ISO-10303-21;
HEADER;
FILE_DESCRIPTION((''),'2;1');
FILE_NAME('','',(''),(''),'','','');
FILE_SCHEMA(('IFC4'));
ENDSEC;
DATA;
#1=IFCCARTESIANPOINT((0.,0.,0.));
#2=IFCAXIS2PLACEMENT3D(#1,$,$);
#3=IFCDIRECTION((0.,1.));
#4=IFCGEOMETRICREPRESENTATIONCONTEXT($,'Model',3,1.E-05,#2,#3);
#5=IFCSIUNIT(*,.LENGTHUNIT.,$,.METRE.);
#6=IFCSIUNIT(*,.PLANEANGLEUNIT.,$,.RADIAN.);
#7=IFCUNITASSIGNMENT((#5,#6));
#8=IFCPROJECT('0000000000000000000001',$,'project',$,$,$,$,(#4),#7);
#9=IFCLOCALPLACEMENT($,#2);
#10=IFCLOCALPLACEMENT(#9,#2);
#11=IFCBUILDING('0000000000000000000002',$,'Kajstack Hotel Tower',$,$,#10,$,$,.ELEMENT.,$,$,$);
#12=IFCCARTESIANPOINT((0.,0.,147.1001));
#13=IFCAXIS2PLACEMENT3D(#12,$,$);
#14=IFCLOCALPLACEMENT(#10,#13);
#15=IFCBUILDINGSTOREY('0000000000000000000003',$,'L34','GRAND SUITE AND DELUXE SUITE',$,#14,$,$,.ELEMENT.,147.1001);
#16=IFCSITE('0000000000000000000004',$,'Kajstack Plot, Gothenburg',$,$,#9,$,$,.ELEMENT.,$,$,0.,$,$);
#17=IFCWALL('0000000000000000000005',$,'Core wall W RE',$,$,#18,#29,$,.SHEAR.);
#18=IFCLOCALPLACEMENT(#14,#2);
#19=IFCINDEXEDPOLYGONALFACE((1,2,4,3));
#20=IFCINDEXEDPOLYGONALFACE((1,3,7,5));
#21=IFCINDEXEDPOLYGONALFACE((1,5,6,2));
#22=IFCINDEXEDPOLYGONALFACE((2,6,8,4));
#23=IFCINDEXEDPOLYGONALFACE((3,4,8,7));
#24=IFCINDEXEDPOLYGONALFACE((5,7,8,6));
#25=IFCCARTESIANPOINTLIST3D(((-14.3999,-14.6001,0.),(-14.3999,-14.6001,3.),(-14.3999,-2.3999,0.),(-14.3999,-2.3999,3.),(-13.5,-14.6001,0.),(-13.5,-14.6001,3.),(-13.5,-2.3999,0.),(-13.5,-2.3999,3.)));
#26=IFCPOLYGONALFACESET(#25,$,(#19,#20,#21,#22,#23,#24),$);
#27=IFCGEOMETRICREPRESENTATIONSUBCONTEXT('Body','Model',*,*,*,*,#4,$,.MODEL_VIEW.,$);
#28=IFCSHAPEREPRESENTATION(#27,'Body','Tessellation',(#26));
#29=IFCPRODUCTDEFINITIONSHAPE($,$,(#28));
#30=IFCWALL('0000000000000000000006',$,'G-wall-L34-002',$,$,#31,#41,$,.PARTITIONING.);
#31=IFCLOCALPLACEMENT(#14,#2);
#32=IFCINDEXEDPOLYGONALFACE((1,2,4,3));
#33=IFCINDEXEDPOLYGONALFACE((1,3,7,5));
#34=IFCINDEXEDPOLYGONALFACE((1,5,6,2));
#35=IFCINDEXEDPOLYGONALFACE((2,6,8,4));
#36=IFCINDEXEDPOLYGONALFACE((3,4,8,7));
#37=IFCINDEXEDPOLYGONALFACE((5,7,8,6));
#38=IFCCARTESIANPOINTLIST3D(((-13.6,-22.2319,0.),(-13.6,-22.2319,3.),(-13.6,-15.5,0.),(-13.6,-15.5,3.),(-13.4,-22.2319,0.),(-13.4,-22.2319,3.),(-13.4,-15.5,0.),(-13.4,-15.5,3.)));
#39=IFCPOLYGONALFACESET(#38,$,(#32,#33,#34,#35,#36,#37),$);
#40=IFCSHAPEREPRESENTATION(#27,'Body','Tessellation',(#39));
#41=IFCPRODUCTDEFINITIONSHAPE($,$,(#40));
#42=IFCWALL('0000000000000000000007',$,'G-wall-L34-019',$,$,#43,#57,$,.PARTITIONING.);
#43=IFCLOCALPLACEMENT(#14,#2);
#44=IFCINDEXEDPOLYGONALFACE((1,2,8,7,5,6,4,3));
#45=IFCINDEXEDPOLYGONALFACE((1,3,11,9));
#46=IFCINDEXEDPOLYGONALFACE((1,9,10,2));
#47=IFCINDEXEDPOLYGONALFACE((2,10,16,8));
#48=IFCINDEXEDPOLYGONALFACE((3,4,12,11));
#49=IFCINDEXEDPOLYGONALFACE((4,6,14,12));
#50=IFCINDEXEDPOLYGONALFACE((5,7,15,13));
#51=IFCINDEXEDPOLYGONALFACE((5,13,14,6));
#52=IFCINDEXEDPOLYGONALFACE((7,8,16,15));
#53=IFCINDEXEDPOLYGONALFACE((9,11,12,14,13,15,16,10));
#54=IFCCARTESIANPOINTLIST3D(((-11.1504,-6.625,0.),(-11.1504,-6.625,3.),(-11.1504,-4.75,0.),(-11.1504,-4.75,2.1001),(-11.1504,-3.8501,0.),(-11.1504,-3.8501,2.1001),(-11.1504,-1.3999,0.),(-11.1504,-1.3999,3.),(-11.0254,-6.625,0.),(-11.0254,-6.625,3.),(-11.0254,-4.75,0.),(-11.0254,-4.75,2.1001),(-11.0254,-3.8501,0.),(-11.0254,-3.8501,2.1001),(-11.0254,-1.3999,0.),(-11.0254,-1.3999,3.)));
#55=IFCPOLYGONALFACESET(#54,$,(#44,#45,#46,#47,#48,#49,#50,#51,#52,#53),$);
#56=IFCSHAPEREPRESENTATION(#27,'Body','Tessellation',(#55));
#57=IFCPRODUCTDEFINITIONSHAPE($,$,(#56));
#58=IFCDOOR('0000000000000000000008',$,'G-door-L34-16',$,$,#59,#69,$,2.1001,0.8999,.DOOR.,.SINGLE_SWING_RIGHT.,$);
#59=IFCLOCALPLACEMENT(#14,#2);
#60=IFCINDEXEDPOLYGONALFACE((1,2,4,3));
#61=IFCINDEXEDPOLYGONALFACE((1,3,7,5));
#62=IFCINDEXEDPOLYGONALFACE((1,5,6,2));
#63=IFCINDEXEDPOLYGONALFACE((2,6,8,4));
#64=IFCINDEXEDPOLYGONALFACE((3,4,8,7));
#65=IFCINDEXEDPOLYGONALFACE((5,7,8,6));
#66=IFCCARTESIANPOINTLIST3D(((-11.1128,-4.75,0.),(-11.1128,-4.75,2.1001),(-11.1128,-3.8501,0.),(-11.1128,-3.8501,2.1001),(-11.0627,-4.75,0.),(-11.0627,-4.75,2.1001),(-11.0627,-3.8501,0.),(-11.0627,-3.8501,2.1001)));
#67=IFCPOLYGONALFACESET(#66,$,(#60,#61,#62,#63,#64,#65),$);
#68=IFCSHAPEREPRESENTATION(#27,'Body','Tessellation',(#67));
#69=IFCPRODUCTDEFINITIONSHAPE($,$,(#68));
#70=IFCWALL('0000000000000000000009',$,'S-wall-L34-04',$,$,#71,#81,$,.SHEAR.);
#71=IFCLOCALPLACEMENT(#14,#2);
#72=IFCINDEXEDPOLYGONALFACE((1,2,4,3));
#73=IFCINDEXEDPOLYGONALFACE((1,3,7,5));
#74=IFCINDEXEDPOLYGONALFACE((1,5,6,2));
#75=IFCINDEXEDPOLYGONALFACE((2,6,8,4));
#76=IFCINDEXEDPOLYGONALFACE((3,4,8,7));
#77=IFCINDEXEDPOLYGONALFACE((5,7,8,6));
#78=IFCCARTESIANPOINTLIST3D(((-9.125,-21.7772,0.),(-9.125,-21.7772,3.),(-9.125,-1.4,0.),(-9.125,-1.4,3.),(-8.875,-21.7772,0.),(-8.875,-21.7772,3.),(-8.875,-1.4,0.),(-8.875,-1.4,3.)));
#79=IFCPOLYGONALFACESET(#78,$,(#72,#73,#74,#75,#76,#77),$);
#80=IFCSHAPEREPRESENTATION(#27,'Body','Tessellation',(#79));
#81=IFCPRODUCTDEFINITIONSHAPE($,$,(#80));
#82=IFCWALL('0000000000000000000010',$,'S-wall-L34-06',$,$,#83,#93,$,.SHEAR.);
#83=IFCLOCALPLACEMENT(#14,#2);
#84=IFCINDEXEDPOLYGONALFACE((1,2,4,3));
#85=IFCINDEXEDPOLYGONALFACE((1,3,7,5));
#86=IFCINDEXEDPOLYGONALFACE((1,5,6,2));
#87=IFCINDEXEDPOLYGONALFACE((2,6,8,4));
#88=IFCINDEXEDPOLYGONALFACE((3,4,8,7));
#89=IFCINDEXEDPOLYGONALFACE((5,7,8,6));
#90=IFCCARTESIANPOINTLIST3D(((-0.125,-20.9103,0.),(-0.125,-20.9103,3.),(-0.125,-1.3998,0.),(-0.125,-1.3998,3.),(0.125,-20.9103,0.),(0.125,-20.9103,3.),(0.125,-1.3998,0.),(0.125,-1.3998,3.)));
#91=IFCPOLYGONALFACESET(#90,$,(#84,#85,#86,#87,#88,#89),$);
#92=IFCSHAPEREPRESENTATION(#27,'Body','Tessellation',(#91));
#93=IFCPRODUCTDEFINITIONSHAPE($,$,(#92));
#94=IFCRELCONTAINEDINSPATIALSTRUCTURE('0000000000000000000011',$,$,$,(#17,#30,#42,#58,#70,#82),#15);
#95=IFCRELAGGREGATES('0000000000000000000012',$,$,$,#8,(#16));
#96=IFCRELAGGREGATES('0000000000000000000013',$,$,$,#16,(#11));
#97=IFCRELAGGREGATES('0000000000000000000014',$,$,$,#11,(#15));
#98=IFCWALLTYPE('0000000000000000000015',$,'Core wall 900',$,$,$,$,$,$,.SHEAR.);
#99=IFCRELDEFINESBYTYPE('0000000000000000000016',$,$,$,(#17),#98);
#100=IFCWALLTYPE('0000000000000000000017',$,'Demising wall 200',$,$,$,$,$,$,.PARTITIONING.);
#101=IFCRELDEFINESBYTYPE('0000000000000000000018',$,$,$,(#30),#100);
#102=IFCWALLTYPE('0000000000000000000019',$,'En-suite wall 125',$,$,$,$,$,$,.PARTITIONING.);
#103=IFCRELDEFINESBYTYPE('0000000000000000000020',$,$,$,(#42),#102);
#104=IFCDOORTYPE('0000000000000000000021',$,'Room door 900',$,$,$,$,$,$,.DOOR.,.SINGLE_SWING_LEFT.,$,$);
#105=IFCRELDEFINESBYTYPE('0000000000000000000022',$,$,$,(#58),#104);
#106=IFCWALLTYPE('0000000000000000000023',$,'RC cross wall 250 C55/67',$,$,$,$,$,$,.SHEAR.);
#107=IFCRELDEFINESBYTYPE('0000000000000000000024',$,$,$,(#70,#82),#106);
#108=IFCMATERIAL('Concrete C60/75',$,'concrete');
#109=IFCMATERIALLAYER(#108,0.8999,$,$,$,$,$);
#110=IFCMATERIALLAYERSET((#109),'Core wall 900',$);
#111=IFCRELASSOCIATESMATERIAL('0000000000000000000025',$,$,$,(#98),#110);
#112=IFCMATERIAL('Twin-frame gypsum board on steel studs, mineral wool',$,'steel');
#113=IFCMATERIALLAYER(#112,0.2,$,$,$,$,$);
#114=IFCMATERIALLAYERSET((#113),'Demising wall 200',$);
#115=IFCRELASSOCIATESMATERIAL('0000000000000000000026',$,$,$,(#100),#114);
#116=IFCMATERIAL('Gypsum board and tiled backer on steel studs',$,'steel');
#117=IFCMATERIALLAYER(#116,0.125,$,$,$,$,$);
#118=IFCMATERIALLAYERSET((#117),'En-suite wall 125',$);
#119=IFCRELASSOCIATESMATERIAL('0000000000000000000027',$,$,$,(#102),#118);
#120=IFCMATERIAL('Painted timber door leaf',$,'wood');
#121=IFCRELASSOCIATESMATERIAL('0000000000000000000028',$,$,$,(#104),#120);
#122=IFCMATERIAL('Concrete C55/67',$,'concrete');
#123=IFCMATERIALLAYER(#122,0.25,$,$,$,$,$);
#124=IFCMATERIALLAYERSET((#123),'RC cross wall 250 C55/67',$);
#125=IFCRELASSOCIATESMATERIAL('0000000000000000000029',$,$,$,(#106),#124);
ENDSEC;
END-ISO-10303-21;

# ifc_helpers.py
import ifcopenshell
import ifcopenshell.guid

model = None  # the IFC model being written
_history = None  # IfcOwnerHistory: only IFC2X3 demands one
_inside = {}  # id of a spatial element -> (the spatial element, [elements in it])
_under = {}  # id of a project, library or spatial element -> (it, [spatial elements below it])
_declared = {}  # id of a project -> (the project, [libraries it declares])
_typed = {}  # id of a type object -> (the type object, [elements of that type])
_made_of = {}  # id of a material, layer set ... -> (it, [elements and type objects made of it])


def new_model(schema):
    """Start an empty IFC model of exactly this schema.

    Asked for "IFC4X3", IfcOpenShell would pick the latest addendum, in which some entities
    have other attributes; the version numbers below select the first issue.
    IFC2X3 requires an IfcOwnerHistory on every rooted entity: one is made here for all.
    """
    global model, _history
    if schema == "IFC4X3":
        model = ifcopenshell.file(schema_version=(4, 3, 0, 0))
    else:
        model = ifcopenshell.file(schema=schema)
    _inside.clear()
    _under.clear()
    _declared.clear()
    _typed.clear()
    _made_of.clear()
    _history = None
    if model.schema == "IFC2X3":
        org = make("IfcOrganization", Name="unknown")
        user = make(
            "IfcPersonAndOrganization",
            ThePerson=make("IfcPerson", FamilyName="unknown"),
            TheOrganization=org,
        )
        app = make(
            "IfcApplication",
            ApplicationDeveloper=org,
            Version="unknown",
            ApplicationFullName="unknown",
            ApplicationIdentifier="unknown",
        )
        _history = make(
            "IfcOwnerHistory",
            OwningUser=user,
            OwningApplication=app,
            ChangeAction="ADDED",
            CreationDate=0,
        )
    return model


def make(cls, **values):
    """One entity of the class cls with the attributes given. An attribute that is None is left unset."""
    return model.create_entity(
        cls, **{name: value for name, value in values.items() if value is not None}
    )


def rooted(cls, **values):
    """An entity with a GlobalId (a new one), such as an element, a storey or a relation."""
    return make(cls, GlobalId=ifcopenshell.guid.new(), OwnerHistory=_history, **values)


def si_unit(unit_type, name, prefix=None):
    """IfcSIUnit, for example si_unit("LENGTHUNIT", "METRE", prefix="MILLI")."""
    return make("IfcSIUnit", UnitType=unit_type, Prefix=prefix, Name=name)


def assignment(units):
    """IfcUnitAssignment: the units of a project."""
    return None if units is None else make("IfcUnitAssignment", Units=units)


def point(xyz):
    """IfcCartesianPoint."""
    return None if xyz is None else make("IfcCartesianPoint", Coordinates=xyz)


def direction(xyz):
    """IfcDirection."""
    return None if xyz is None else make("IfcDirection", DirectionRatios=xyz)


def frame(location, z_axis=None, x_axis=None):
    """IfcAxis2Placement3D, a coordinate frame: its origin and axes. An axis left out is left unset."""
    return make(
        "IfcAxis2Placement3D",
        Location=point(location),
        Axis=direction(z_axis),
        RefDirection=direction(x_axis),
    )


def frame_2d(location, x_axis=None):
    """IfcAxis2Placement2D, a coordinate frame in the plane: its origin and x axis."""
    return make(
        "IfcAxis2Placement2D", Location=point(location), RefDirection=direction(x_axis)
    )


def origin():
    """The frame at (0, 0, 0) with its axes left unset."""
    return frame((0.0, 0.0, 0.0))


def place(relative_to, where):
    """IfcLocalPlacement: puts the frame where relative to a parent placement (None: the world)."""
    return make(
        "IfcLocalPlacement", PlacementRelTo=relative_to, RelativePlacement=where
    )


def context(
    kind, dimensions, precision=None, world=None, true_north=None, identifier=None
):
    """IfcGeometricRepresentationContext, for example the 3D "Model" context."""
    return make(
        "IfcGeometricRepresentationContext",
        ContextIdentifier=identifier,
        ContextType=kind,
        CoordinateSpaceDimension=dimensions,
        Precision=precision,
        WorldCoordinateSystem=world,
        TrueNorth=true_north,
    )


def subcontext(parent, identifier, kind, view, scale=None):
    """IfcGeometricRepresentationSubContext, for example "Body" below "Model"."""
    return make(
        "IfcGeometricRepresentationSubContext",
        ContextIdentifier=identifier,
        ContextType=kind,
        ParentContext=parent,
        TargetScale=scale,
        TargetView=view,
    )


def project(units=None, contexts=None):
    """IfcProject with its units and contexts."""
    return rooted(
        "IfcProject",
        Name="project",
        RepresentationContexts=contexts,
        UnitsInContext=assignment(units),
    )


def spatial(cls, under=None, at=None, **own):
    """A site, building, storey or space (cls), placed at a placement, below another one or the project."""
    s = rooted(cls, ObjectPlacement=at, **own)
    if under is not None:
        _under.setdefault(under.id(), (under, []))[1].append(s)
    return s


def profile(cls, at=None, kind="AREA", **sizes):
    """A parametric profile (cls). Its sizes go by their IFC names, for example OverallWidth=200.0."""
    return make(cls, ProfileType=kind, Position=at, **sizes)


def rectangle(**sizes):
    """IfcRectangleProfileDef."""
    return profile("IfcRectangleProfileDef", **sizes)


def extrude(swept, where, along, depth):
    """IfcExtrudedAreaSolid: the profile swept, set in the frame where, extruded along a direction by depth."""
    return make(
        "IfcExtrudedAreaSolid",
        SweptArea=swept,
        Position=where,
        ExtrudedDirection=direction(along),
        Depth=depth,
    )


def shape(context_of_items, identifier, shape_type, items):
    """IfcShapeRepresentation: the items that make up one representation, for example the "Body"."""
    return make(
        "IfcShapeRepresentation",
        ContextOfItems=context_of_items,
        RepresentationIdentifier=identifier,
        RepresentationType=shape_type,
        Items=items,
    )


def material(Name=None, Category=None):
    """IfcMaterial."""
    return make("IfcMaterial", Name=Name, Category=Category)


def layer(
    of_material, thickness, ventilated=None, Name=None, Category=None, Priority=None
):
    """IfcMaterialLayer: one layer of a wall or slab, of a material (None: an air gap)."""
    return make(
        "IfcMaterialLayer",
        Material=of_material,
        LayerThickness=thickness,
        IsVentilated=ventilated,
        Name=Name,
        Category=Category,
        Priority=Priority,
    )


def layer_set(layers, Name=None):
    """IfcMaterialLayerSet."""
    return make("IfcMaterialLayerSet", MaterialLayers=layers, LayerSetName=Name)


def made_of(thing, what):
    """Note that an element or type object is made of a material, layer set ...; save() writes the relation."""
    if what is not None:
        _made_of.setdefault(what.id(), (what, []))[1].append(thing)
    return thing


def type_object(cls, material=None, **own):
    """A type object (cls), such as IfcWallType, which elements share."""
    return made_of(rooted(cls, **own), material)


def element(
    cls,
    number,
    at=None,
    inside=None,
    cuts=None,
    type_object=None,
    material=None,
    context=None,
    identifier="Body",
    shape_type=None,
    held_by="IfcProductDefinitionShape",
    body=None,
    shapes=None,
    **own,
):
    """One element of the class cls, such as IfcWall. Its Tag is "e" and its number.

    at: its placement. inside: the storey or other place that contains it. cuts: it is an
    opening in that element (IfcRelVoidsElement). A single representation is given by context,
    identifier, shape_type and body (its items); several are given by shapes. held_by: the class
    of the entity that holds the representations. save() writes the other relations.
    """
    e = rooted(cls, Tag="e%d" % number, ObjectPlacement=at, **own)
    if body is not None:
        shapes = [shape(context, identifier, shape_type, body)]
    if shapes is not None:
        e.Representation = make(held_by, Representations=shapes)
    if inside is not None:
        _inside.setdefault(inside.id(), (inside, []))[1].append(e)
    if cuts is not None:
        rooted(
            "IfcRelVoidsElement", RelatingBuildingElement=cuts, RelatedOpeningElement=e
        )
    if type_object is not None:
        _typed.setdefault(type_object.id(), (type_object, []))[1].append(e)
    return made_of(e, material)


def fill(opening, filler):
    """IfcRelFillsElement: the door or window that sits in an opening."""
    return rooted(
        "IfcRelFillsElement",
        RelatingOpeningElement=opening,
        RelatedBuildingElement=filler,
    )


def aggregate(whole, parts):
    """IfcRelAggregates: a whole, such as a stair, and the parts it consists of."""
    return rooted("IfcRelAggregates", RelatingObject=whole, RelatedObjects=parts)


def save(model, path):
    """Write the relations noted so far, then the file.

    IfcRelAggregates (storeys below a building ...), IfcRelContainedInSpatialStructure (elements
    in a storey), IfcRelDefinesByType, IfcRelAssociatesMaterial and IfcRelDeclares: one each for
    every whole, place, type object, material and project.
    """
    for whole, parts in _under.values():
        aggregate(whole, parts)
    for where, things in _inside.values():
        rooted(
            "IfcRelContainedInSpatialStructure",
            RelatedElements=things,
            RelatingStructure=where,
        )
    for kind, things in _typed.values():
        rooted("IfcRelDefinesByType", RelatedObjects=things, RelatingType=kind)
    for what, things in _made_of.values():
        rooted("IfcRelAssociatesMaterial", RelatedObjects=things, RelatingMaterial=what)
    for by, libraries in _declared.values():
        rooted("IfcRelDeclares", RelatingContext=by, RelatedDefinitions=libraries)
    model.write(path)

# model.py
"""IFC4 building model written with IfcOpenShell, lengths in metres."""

from ifc_helpers import new_model, si_unit, direction, frame, frame_2d, origin, place, context, subcontext, project, spatial, rectangle, extrude, material, layer, layer_set, type_object, element, fill, save


model = new_model("IFC4")

# Units and contexts
model_context = context("Model", 3, precision=1e-05, world=origin(), true_north=direction((0.0, 1.0)))
body_context = subcontext(model_context, "Body", "Model", "MODEL_VIEW")
ifc_project = project(units=[si_unit("LENGTHUNIT", "METRE"), si_unit("PLANEANGLEUNIT", "RADIAN")], contexts=[model_context])

# Site, building, storey
site_placement = place(None, origin())
site = spatial("IfcSite", under=ifc_project, at=site_placement, Name="Kajstack Plot, Gothenburg", CompositionType="ELEMENT", RefElevation=0.0)
building_placement = place(site_placement, origin())
building = spatial("IfcBuilding", under=site, at=building_placement, Name="Kajstack Hotel Tower", CompositionType="ELEMENT")
storey_placement = place(building_placement, frame((0.0, 0.0, 147.1001)))
storey = spatial("IfcBuildingStorey", under=building, at=storey_placement, Name="L34", Description="GRAND SUITE AND DELUXE SUITE", CompositionType="ELEMENT", Elevation=147.1001)

# Walls
ifc_material_1 = material(Name="Concrete C60/75", Category="concrete")
ifc_layer_1 = layer(ifc_material_1, 0.8999)
ifc_layer_set_1 = layer_set([ifc_layer_1], Name="Core wall 900")
wall_type_1 = type_object("IfcWallType", Name="Core wall 900", PredefinedType="SHEAR", material=ifc_layer_set_1)
wall_1_placement = place(storey_placement, frame((-13.95, -14.6001, 0.0), z_axis=(0.0, 0.0, 1.0), x_axis=(0.0, 1.0, 0.0)))
element("IfcWall", 1, at=wall_1_placement, inside=storey, type_object=wall_type_1, Name="Core wall W RE", PredefinedType="SHEAR", context=body_context, shape_type="SweptSolid", body=[
    extrude(rectangle(XDim=12.2002, YDim=0.8999, at=frame_2d((6.1001, 0.0))), origin(), (0.0, 0.0, 1.0), 3.0),
])
ifc_material_2 = material(Name="Twin-frame gypsum board on steel studs, mineral wool", Category="steel")
ifc_layer_2 = layer(ifc_material_2, 0.2)
ifc_layer_set_2 = layer_set([ifc_layer_2], Name="Demising wall 200")
wall_type_2 = type_object("IfcWallType", Name="Demising wall 200", PredefinedType="PARTITIONING", material=ifc_layer_set_2)
wall_2_placement = place(storey_placement, frame((-13.5, -22.2319, 0.0), z_axis=(0.0, 0.0, 1.0), x_axis=(0.0, 1.0, 0.0)))
element("IfcWall", 2, at=wall_2_placement, inside=storey, type_object=wall_type_2, Name="G-wall-L34-002", PredefinedType="PARTITIONING", context=body_context, shape_type="SweptSolid", body=[
    extrude(rectangle(XDim=6.7319, YDim=0.2, at=frame_2d((3.366, 0.0))), origin(), (0.0, 0.0, 1.0), 3.0),
])

# Wall, opening, door
ifc_material_3 = material(Name="Gypsum board and tiled backer on steel studs", Category="steel")
ifc_layer_3 = layer(ifc_material_3, 0.125)
ifc_layer_set_3 = layer_set([ifc_layer_3], Name="En-suite wall 125")
wall_type_3 = type_object("IfcWallType", Name="En-suite wall 125", PredefinedType="PARTITIONING", material=ifc_layer_set_3)
wall_3_placement = place(storey_placement, frame((-11.0879, -6.625, 0.0), z_axis=(0.0, 0.0, 1.0), x_axis=(0.0, 1.0, 0.0)))
wall_3 = element("IfcWall", 3, at=wall_3_placement, inside=storey, type_object=wall_type_3, Name="G-wall-L34-019", PredefinedType="PARTITIONING", context=body_context, shape_type="SweptSolid", body=[
    extrude(rectangle(XDim=5.2251, YDim=0.125, at=frame_2d((2.6125, 0.0))), origin(), (0.0, 0.0, 1.0), 3.0),
])
opening_1_placement = place(wall_3_placement, frame((1.875, 0.0, 0.0)))
opening_1 = element("IfcOpeningElement", 4, at=opening_1_placement, cuts=wall_3, PredefinedType="OPENING", context=body_context, shape_type="SweptSolid", body=[
    extrude(rectangle(XDim=0.8999, YDim=2.1001, at=frame_2d((0.45, 1.05))), frame((0.0, 0.0725, 0.0), z_axis=(0.0, -1.0, 0.0), x_axis=(1.0, 0.0, 0.0)), (0.0, 0.0, 1.0), 0.145),
])
ifc_material_4 = material(Name="Painted timber door leaf", Category="wood")
door_type = type_object("IfcDoorType", Name="Room door 900", OperationType="SINGLE_SWING_LEFT", PredefinedType="DOOR", material=ifc_material_4)
door_placement = place(opening_1_placement, origin())
door = element("IfcDoor", 5, at=door_placement, inside=storey, type_object=door_type, Name="G-door-L34-16", OperationType="SINGLE_SWING_RIGHT", OverallHeight=2.1001, OverallWidth=0.8999, PredefinedType="DOOR", context=body_context, shape_type="SweptSolid", body=[
    extrude(rectangle(XDim=0.8999, YDim=2.1001, at=frame_2d((0.45, 1.05))), frame((0.0, 0.0249, 0.0), z_axis=(0.0, -1.0, 0.0), x_axis=(1.0, 0.0, 0.0)), (0.0, 0.0, 1.0), 0.05),
])
fill(opening_1, door)

# Walls
ifc_material_5 = material(Name="Concrete C55/67", Category="concrete")
ifc_layer_4 = layer(ifc_material_5, 0.25)
ifc_layer_set_4 = layer_set([ifc_layer_4], Name="RC cross wall 250 C55/67")
wall_type_4 = type_object("IfcWallType", Name="RC cross wall 250 C55/67", PredefinedType="SHEAR", material=ifc_layer_set_4)
wall_4_placement = place(storey_placement, frame((-9.0, -21.7771, 0.0), z_axis=(0.0, 0.0, 1.0), x_axis=(0.0, 1.0, 0.0)))
element("IfcWall", 6, at=wall_4_placement, inside=storey, type_object=wall_type_4, Name="S-wall-L34-04", PredefinedType="SHEAR", context=body_context, shape_type="SweptSolid", body=[
    extrude(rectangle(XDim=20.3772, YDim=0.25, at=frame_2d((10.1885, 0.0))), origin(), (0.0, 0.0, 1.0), 3.0),
])
wall_5_placement = place(storey_placement, frame((0.0, -20.9104, 0.0), z_axis=(0.0, 0.0, 1.0), x_axis=(0.0, 1.0, 0.0)))
element("IfcWall", 7, at=wall_5_placement, inside=storey, type_object=wall_type_4, Name="S-wall-L34-06", PredefinedType="SHEAR", context=body_context, shape_type="SweptSolid", body=[
    extrude(rectangle(XDim=19.5105, YDim=0.25, at=frame_2d((9.7554, 0.0))), origin(), (0.0, 0.0, 1.0), 3.0),
])

save(model, "model.ifc")
